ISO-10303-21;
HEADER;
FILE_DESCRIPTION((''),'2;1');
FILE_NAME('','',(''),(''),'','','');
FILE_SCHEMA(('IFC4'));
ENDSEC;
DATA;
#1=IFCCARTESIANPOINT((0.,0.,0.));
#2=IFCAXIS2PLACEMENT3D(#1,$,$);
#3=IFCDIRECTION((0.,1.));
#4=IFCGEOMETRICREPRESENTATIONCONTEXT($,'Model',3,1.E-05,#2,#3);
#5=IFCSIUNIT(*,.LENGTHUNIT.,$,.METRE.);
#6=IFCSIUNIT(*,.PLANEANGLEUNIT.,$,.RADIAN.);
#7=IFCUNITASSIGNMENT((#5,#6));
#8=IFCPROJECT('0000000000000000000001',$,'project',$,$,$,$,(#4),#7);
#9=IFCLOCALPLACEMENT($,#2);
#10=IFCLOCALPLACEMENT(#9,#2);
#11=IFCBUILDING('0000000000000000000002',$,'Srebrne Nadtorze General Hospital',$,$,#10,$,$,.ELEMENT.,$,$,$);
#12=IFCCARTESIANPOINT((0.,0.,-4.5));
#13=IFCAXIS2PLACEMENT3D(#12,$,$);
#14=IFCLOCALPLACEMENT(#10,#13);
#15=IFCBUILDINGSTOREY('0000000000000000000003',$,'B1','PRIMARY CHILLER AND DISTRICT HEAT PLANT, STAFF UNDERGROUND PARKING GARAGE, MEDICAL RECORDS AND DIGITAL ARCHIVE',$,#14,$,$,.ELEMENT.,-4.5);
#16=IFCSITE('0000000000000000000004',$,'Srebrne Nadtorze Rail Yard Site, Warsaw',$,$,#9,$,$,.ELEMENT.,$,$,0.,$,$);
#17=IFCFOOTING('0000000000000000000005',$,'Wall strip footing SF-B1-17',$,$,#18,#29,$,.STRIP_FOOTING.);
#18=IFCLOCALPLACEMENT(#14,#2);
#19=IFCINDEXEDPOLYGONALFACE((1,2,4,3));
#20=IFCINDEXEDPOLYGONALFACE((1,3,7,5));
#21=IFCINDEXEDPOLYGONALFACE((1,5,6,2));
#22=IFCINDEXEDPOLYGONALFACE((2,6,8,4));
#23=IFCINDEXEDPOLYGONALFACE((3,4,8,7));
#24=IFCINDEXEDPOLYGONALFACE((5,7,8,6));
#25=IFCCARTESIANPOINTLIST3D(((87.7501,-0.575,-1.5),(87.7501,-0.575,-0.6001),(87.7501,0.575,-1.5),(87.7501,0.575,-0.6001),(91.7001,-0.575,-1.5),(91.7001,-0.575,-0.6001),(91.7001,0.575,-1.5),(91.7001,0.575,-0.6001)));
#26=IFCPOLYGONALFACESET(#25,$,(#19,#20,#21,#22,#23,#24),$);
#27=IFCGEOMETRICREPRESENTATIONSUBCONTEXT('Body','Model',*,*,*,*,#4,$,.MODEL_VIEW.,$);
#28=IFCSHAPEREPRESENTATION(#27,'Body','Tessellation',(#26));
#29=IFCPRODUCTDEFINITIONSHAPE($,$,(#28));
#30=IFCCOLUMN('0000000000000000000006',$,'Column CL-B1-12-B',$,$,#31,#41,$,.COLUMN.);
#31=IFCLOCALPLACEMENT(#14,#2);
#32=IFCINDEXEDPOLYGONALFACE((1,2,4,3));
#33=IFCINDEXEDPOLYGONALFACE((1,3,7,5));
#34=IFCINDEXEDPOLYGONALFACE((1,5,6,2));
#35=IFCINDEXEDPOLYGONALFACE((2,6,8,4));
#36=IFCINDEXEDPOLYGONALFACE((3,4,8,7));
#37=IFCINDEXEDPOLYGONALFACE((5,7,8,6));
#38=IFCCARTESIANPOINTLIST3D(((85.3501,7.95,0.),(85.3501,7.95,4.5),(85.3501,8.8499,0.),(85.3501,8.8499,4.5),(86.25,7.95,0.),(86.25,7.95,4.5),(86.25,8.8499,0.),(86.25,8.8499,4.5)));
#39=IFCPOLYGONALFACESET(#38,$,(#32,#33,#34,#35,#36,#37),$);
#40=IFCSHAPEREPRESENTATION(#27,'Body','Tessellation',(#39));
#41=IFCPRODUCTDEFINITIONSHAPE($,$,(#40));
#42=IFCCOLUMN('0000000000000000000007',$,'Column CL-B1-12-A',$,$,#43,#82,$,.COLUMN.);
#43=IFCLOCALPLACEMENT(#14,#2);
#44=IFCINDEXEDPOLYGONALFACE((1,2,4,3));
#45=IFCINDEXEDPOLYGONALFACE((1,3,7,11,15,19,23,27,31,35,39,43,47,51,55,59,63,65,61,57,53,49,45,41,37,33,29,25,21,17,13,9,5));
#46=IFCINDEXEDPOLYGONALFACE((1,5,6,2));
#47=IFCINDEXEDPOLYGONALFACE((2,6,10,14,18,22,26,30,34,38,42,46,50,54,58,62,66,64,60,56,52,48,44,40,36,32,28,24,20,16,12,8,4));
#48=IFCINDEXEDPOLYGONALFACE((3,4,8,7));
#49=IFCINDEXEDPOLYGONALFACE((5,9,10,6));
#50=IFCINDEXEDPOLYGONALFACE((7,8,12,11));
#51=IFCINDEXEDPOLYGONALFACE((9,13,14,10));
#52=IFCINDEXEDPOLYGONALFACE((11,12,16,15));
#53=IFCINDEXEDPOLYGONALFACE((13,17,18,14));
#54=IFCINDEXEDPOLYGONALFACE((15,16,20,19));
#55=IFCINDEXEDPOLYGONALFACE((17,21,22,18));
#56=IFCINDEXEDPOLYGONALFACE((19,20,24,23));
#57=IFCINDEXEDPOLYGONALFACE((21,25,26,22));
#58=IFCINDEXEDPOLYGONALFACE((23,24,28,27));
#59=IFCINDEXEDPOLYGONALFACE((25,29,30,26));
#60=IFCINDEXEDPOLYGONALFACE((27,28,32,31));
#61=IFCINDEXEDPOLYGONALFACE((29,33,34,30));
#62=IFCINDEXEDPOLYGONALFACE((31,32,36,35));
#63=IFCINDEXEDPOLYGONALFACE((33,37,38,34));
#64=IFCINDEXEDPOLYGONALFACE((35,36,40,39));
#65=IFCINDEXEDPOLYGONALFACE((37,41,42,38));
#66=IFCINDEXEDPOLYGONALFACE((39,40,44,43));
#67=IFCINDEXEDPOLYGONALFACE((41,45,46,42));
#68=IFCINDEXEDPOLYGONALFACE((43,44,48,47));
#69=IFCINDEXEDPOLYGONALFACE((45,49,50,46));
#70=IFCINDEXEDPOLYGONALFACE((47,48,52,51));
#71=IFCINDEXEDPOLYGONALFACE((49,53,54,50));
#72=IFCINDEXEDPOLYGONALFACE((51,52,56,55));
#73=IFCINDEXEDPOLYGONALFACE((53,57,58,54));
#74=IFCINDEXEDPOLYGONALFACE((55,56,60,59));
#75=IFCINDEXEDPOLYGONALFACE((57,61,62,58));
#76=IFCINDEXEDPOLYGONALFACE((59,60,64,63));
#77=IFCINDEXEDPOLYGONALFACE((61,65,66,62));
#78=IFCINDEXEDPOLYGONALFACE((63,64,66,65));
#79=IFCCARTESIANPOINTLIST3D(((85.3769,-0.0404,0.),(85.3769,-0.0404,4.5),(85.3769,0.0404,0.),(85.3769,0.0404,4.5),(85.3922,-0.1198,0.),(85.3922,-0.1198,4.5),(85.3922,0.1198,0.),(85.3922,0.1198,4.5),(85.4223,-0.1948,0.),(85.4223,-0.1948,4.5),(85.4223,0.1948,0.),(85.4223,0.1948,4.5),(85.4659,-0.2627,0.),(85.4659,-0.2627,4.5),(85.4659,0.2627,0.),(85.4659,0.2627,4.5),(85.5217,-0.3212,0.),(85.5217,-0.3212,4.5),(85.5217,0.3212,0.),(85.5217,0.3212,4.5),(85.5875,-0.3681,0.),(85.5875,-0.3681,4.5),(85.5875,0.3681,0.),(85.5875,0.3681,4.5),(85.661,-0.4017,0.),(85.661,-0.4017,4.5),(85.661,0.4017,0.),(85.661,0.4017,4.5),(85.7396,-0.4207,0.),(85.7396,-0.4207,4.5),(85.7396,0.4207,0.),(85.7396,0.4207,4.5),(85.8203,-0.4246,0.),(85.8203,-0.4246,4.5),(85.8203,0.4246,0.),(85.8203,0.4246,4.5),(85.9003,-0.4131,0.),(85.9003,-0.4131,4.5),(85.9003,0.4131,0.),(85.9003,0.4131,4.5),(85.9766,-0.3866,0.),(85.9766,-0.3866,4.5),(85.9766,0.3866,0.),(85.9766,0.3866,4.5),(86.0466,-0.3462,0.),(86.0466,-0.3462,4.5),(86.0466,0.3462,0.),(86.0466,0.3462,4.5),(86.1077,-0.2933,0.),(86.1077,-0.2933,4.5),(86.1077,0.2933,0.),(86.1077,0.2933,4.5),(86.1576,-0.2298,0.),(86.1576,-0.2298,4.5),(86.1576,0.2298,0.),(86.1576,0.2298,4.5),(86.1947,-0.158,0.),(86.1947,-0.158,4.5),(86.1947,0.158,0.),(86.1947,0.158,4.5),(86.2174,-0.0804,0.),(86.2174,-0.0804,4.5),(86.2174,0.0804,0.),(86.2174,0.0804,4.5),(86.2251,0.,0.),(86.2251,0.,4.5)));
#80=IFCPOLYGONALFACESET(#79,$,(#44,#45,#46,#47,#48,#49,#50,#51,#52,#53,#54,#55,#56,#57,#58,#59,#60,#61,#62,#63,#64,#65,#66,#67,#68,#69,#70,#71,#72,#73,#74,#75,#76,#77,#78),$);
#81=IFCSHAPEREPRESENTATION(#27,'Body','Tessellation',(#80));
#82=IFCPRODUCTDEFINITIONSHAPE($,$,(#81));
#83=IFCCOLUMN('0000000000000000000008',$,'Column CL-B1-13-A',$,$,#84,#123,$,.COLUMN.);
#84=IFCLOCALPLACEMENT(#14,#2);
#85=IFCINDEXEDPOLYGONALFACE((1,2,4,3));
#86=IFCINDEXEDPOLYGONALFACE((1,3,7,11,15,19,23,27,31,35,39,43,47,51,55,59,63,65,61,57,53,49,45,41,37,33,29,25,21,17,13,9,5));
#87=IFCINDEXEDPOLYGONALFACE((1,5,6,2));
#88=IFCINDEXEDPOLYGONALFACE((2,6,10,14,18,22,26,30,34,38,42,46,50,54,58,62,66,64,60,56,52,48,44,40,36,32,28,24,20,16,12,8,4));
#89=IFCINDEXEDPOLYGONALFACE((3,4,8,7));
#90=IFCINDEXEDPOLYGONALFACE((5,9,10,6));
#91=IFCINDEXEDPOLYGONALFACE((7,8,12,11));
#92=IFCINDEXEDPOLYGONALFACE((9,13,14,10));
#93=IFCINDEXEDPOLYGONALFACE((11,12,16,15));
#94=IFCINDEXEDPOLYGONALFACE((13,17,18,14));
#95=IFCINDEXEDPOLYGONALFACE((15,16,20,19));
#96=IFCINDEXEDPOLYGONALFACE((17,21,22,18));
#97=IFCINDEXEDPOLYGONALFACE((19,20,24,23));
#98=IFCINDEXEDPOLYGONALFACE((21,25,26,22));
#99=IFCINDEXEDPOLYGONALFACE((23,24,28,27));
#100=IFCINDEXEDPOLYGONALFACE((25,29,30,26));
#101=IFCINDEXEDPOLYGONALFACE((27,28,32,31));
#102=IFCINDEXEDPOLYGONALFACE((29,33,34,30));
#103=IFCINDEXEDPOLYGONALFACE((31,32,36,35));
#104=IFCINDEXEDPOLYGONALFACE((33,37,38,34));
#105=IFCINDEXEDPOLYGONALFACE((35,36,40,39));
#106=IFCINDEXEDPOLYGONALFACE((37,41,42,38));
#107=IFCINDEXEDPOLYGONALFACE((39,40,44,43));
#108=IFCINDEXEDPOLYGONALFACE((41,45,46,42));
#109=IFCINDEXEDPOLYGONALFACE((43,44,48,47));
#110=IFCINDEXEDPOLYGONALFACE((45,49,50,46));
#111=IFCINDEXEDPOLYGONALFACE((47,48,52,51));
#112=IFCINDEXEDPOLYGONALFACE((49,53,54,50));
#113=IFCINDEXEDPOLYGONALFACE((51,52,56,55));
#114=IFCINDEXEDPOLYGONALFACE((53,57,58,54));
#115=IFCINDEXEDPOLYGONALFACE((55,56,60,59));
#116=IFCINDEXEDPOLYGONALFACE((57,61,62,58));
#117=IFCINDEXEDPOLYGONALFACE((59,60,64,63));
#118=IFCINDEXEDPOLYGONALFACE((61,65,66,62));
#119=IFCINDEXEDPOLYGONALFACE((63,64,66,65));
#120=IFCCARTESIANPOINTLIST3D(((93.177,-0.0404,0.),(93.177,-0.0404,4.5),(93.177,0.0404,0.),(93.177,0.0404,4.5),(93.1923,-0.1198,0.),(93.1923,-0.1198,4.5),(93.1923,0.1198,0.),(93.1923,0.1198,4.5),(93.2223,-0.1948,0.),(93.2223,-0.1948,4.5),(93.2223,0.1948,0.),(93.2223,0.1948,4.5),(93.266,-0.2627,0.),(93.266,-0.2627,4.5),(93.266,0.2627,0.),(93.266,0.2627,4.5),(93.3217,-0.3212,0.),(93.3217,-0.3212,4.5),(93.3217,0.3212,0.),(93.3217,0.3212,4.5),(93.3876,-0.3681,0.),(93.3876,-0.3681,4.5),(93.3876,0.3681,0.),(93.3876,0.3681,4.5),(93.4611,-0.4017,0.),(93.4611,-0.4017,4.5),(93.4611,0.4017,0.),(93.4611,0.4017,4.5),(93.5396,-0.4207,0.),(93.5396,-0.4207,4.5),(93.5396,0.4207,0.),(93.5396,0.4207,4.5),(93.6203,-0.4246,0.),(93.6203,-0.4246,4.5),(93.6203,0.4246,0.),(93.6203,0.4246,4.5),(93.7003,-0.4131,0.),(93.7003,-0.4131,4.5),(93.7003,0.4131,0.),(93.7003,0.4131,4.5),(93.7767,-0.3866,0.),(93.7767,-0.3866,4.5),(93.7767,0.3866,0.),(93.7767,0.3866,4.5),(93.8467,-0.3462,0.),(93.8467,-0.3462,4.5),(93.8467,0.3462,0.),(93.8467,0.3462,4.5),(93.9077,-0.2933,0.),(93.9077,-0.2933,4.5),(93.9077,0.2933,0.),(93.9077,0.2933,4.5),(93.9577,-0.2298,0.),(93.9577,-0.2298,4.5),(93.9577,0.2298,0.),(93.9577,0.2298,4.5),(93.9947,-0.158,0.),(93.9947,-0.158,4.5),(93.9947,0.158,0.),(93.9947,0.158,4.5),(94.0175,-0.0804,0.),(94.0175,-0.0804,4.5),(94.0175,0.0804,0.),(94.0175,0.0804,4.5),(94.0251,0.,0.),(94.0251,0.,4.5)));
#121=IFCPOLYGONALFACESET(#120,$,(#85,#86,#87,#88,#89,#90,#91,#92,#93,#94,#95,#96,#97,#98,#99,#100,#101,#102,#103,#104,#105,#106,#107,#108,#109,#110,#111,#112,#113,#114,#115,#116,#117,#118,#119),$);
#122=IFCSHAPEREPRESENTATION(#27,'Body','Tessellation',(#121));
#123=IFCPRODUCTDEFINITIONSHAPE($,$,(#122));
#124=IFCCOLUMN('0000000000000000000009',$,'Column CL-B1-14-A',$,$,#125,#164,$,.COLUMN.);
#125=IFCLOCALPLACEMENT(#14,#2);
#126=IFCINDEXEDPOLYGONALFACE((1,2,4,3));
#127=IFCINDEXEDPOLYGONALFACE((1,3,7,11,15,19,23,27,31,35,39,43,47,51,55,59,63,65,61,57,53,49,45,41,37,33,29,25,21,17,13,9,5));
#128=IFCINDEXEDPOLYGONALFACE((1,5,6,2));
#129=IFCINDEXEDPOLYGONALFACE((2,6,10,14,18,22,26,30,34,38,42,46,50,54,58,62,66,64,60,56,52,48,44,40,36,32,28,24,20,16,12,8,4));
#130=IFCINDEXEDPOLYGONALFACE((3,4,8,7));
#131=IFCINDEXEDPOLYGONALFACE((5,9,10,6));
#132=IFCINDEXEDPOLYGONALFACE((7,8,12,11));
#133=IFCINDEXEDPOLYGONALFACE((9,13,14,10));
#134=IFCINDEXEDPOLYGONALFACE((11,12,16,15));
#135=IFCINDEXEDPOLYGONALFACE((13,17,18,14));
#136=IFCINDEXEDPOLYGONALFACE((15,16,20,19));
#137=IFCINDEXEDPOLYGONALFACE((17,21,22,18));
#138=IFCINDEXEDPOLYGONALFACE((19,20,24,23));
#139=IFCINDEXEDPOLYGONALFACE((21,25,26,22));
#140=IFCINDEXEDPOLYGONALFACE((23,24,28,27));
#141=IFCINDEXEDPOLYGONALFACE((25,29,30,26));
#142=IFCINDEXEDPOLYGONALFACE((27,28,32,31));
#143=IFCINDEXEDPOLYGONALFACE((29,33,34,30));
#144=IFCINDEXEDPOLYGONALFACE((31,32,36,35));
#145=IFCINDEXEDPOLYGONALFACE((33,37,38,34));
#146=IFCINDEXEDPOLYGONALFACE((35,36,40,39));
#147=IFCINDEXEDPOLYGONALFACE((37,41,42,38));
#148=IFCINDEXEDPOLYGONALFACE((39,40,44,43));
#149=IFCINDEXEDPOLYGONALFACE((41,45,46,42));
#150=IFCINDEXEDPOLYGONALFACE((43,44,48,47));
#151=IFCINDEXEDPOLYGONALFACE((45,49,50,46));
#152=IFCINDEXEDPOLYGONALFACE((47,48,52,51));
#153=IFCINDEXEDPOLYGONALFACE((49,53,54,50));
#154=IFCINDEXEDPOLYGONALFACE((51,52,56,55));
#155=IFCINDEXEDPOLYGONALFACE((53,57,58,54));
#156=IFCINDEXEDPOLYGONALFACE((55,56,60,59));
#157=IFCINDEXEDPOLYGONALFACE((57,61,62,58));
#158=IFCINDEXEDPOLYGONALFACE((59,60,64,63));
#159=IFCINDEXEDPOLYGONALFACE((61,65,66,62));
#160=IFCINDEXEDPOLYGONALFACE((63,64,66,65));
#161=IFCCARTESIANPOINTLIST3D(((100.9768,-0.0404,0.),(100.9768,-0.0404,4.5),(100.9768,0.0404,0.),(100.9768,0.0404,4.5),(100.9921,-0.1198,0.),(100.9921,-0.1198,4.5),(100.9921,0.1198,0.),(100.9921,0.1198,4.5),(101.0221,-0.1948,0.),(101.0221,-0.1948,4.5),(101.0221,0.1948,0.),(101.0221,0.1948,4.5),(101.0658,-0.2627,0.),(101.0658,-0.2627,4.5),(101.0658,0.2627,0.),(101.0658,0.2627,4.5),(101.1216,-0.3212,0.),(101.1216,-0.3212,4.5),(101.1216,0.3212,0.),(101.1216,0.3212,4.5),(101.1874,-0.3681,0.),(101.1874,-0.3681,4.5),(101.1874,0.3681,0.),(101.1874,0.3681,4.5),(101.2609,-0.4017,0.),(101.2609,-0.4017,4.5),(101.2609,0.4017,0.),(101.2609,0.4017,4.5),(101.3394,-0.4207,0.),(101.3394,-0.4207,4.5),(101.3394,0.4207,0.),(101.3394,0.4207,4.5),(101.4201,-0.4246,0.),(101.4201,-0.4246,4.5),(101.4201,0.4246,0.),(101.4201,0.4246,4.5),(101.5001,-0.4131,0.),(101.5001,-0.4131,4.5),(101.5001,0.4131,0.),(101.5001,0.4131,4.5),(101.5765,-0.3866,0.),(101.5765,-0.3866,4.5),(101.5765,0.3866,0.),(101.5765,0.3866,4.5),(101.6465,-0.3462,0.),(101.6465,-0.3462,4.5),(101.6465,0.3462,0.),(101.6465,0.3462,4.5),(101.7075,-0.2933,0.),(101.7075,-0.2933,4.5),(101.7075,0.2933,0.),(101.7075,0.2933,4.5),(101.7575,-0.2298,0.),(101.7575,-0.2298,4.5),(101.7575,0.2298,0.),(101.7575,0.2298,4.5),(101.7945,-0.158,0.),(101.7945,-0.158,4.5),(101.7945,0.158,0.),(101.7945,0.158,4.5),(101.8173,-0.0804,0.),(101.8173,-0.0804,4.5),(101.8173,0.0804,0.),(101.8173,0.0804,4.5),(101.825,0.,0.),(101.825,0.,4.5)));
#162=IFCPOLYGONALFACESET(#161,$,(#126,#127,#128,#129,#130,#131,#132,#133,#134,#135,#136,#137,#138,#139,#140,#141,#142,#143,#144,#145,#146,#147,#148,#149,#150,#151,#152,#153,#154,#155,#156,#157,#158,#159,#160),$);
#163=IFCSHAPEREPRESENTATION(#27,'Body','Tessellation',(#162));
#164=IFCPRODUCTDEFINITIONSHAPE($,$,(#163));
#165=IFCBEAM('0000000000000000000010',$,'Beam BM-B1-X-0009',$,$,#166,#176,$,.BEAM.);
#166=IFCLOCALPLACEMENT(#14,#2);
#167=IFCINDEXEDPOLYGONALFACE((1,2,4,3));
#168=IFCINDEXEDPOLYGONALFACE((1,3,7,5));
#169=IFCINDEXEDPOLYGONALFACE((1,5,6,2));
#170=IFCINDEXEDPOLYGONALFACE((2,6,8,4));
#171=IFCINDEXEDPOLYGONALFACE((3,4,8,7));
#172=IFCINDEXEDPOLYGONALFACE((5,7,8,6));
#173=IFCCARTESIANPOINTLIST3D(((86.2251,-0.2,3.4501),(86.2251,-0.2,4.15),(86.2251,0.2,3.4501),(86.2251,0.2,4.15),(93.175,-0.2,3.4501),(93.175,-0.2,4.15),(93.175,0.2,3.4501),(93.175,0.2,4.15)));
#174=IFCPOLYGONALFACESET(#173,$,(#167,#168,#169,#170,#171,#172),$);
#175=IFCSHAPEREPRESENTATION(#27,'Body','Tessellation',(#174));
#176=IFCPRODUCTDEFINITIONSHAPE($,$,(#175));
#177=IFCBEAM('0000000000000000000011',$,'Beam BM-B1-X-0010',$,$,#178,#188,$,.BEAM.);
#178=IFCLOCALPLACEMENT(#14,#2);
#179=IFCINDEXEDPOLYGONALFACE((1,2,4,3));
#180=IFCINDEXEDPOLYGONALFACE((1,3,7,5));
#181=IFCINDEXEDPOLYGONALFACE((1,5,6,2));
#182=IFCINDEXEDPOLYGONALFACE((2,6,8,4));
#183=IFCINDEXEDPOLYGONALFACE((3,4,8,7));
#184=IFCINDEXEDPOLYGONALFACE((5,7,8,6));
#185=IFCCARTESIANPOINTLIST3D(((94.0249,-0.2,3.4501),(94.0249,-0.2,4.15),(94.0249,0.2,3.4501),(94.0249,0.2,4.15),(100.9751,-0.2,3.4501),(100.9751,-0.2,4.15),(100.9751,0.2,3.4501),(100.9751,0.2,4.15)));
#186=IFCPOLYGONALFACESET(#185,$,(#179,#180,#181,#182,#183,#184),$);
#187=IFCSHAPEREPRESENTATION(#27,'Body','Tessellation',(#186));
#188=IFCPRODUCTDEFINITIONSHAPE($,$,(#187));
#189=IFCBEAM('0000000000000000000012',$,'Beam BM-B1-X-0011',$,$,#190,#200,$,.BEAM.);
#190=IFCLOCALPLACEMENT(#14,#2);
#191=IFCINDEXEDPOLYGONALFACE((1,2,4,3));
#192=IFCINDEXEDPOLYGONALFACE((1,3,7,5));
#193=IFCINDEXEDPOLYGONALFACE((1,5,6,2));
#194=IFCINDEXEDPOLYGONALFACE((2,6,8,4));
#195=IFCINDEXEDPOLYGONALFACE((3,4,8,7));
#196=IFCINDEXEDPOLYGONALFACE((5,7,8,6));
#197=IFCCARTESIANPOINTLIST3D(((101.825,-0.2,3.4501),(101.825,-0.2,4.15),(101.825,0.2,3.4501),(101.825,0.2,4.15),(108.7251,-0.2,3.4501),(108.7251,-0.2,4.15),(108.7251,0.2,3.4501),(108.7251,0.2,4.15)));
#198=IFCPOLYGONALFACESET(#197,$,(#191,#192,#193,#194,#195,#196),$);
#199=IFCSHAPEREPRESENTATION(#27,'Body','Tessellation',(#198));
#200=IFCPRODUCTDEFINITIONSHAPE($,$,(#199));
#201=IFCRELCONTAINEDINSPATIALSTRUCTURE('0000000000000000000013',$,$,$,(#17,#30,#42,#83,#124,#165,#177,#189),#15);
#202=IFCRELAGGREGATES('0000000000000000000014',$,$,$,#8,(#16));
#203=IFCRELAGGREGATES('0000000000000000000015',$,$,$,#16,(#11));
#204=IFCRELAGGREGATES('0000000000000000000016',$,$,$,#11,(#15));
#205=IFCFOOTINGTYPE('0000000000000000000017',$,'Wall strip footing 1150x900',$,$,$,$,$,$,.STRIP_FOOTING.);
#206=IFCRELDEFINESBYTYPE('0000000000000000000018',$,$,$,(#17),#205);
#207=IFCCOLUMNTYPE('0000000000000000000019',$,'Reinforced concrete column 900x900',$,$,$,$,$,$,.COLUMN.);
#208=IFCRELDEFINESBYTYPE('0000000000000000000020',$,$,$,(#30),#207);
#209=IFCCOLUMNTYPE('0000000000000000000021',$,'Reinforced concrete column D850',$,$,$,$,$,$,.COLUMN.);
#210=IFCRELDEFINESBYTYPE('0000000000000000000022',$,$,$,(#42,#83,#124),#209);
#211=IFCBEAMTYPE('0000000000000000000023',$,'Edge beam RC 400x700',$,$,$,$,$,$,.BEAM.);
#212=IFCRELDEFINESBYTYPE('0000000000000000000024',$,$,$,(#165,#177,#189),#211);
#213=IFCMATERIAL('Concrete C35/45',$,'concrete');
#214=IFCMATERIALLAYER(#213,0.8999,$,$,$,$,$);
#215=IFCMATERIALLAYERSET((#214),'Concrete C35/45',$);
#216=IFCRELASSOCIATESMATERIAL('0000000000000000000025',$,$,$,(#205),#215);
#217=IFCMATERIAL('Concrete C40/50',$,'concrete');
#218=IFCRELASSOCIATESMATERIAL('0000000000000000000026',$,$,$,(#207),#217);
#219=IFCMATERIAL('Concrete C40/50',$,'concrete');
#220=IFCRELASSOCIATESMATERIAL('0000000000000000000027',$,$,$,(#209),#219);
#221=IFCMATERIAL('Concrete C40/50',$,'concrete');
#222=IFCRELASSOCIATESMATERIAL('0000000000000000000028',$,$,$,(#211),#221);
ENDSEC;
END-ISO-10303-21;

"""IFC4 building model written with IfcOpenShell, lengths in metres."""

from ifc_helpers import new_model, si_unit, direction, frame, origin, origin_2d, place, context, subcontext, project, spatial, rectangle, circle, extrude, material, layer, layer_set, material_profile, profile_set, type_object, element, save


model = new_model("IFC4")

# Units and contexts
model_context = context("Model", 3, precision=1e-05, world=origin(), true_north=direction((0.0, 1.0)))
body_context = subcontext(model_context, "Body", "Model", "MODEL_VIEW")
ifc_project = project(units=[si_unit("LENGTHUNIT", "METRE"), si_unit("PLANEANGLEUNIT", "RADIAN")], contexts=[model_context])

# Site, building, storey
site_placement = place(None, origin())
site = spatial("IfcSite", under=ifc_project, at=site_placement, Name="Srebrne Nadtorze Rail Yard Site, Warsaw", CompositionType="ELEMENT", RefElevation=0.0)
building_placement = place(site_placement, origin())
building = spatial("IfcBuilding", under=site, at=building_placement, Name="Srebrne Nadtorze General Hospital", CompositionType="ELEMENT")
storey_placement = place(building_placement, frame((0.0, 0.0, -4.5)))
storey = spatial("IfcBuildingStorey", under=building, at=storey_placement, Name="B1", Description="PRIMARY CHILLER AND DISTRICT HEAT PLANT, STAFF UNDERGROUND PARKING GARAGE, MEDICAL RECORDS AND DIGITAL ARCHIVE", CompositionType="ELEMENT", Elevation=-4.5)

# Footing
ifc_material_1 = material(Name="Concrete C35/45", Category="concrete")
ifc_layer_1 = layer(ifc_material_1, 0.8999)
ifc_layer_set_1 = layer_set([ifc_layer_1], Name="Concrete C35/45")
footing_type_1 = type_object("IfcFootingType", Name="Wall strip footing 1150x900", PredefinedType="STRIP_FOOTING", material=ifc_layer_set_1)
footing_1_placement = place(storey_placement, frame((89.7251, 0.0, -1.5), z_axis=(0.0, 0.0, 1.0), x_axis=(1.0, 0.0, 0.0)))
element("IfcFooting", 1, at=footing_1_placement, inside=storey, type_object=footing_type_1, Name="Wall strip footing SF-B1-17", PredefinedType="STRIP_FOOTING", context=body_context, shape_type="SweptSolid", body=[
    extrude(rectangle(XDim=3.95, YDim=1.1499, at=origin_2d()), origin(), (0.0, 0.0, 1.0), 0.8999),
])

# Columns
ifc_material_2 = material(Name="Concrete C40/50", Category="concrete")
ifc_material_profile_1 = material_profile(ifc_material_2, rectangle(XDim=0.8999, YDim=0.8999, at=origin_2d()), Name="RC-COL-900x900")
ifc_profile_set_1 = profile_set([ifc_material_profile_1], Name="Concrete C40/50")
column_type_1 = type_object("IfcColumnType", Name="Reinforced concrete column 900x900", PredefinedType="COLUMN", material=ifc_profile_set_1)
column_placement = place(storey_placement, frame((85.8, 8.3999, 0.0), z_axis=(0.0, 0.0, 1.0), x_axis=(1.0, 0.0, 0.0)))
element("IfcColumn", 2, at=column_placement, inside=storey, type_object=column_type_1, Name="Column CL-B1-12-B", PredefinedType="COLUMN", context=body_context, shape_type="SweptSolid", body=[
    extrude(rectangle(XDim=0.8999, YDim=0.8999, at=origin_2d()), origin(), (0.0, 0.0, 1.0), 4.5),
])
ifc_material_3 = material(Name="Concrete C40/50", Category="concrete")
ifc_material_profile_2 = material_profile(ifc_material_3, circle(Radius=0.425, at=origin_2d()), Name="RC-COL-D850")
ifc_profile_set_2 = profile_set([ifc_material_profile_2], Name="Concrete C40/50")
column_type_2 = type_object("IfcColumnType", Name="Reinforced concrete column D850", PredefinedType="COLUMN", material=ifc_profile_set_2)
for number, where, z_axis, x_axis, name in (
    (3, (85.8, 0.0, 0.0), (0.0, 0.0, 1.0), (1.0, 0.0, 0.0), "Column CL-B1-12-A"),
    (4, (93.6001, 0.0, 0.0), (0.0, 0.0, 1.0), (1.0, 0.0, 0.0), "Column CL-B1-13-A"),
    (5, (101.3999, 0.0, 0.0), (0.0, 0.0, 1.0), (1.0, 0.0, 0.0), "Column CL-B1-14-A"),
):
    element("IfcColumn", number, at=place(storey_placement, frame(where, z_axis=z_axis, x_axis=x_axis)), inside=storey, type_object=column_type_2, Name=name, PredefinedType="COLUMN", context=body_context, shape_type="SweptSolid", body=[
        extrude(circle(Radius=0.425, at=origin_2d()), origin(), (0.0, 0.0, 1.0), 4.5),
    ])

# Beams
ifc_material_4 = material(Name="Concrete C40/50", Category="concrete")
ifc_material_profile_3 = material_profile(ifc_material_4, rectangle(XDim=0.3999, YDim=0.7, at=origin_2d()), Name="RC-BM-400x700")
ifc_profile_set_3 = profile_set([ifc_material_profile_3], Name="Concrete C40/50")
beam_type = type_object("IfcBeamType", Name="Edge beam RC 400x700", PredefinedType="BEAM", material=ifc_profile_set_3)
beam_1_placement = place(storey_placement, frame((86.2251, 0.0, 3.8), z_axis=(1.0, 0.0, 0.0), x_axis=(0.0, 1.0, 0.0)))
element("IfcBeam", 6, at=beam_1_placement, inside=storey, type_object=beam_type, Name="Beam BM-B1-X-0009", PredefinedType="BEAM", context=body_context, shape_type="SweptSolid", body=[
    extrude(rectangle(XDim=0.3999, YDim=0.7, at=origin_2d()), origin(), (0.0, 0.0, 1.0), 6.95),
])
beam_2_placement = place(storey_placement, frame((94.0249, 0.0, 3.8), z_axis=(1.0, 0.0, 0.0), x_axis=(0.0, 1.0, 0.0)))
element("IfcBeam", 7, at=beam_2_placement, inside=storey, type_object=beam_type, Name="Beam BM-B1-X-0010", PredefinedType="BEAM", context=body_context, shape_type="SweptSolid", body=[
    extrude(rectangle(XDim=0.3999, YDim=0.7, at=origin_2d()), origin(), (0.0, 0.0, 1.0), 6.9502),
])
beam_3_placement = place(storey_placement, frame((101.825, 0.0, 3.8), z_axis=(1.0, 0.0, 0.0), x_axis=(0.0, 1.0, 0.0)))
element("IfcBeam", 8, at=beam_3_placement, inside=storey, type_object=beam_type, Name="Beam BM-B1-X-0011", PredefinedType="BEAM", context=body_context, shape_type="SweptSolid", body=[
    extrude(rectangle(XDim=0.3999, YDim=0.7, at=origin_2d()), origin(), (0.0, 0.0, 1.0), 6.9001),
])

save(model, "model.ifc")
